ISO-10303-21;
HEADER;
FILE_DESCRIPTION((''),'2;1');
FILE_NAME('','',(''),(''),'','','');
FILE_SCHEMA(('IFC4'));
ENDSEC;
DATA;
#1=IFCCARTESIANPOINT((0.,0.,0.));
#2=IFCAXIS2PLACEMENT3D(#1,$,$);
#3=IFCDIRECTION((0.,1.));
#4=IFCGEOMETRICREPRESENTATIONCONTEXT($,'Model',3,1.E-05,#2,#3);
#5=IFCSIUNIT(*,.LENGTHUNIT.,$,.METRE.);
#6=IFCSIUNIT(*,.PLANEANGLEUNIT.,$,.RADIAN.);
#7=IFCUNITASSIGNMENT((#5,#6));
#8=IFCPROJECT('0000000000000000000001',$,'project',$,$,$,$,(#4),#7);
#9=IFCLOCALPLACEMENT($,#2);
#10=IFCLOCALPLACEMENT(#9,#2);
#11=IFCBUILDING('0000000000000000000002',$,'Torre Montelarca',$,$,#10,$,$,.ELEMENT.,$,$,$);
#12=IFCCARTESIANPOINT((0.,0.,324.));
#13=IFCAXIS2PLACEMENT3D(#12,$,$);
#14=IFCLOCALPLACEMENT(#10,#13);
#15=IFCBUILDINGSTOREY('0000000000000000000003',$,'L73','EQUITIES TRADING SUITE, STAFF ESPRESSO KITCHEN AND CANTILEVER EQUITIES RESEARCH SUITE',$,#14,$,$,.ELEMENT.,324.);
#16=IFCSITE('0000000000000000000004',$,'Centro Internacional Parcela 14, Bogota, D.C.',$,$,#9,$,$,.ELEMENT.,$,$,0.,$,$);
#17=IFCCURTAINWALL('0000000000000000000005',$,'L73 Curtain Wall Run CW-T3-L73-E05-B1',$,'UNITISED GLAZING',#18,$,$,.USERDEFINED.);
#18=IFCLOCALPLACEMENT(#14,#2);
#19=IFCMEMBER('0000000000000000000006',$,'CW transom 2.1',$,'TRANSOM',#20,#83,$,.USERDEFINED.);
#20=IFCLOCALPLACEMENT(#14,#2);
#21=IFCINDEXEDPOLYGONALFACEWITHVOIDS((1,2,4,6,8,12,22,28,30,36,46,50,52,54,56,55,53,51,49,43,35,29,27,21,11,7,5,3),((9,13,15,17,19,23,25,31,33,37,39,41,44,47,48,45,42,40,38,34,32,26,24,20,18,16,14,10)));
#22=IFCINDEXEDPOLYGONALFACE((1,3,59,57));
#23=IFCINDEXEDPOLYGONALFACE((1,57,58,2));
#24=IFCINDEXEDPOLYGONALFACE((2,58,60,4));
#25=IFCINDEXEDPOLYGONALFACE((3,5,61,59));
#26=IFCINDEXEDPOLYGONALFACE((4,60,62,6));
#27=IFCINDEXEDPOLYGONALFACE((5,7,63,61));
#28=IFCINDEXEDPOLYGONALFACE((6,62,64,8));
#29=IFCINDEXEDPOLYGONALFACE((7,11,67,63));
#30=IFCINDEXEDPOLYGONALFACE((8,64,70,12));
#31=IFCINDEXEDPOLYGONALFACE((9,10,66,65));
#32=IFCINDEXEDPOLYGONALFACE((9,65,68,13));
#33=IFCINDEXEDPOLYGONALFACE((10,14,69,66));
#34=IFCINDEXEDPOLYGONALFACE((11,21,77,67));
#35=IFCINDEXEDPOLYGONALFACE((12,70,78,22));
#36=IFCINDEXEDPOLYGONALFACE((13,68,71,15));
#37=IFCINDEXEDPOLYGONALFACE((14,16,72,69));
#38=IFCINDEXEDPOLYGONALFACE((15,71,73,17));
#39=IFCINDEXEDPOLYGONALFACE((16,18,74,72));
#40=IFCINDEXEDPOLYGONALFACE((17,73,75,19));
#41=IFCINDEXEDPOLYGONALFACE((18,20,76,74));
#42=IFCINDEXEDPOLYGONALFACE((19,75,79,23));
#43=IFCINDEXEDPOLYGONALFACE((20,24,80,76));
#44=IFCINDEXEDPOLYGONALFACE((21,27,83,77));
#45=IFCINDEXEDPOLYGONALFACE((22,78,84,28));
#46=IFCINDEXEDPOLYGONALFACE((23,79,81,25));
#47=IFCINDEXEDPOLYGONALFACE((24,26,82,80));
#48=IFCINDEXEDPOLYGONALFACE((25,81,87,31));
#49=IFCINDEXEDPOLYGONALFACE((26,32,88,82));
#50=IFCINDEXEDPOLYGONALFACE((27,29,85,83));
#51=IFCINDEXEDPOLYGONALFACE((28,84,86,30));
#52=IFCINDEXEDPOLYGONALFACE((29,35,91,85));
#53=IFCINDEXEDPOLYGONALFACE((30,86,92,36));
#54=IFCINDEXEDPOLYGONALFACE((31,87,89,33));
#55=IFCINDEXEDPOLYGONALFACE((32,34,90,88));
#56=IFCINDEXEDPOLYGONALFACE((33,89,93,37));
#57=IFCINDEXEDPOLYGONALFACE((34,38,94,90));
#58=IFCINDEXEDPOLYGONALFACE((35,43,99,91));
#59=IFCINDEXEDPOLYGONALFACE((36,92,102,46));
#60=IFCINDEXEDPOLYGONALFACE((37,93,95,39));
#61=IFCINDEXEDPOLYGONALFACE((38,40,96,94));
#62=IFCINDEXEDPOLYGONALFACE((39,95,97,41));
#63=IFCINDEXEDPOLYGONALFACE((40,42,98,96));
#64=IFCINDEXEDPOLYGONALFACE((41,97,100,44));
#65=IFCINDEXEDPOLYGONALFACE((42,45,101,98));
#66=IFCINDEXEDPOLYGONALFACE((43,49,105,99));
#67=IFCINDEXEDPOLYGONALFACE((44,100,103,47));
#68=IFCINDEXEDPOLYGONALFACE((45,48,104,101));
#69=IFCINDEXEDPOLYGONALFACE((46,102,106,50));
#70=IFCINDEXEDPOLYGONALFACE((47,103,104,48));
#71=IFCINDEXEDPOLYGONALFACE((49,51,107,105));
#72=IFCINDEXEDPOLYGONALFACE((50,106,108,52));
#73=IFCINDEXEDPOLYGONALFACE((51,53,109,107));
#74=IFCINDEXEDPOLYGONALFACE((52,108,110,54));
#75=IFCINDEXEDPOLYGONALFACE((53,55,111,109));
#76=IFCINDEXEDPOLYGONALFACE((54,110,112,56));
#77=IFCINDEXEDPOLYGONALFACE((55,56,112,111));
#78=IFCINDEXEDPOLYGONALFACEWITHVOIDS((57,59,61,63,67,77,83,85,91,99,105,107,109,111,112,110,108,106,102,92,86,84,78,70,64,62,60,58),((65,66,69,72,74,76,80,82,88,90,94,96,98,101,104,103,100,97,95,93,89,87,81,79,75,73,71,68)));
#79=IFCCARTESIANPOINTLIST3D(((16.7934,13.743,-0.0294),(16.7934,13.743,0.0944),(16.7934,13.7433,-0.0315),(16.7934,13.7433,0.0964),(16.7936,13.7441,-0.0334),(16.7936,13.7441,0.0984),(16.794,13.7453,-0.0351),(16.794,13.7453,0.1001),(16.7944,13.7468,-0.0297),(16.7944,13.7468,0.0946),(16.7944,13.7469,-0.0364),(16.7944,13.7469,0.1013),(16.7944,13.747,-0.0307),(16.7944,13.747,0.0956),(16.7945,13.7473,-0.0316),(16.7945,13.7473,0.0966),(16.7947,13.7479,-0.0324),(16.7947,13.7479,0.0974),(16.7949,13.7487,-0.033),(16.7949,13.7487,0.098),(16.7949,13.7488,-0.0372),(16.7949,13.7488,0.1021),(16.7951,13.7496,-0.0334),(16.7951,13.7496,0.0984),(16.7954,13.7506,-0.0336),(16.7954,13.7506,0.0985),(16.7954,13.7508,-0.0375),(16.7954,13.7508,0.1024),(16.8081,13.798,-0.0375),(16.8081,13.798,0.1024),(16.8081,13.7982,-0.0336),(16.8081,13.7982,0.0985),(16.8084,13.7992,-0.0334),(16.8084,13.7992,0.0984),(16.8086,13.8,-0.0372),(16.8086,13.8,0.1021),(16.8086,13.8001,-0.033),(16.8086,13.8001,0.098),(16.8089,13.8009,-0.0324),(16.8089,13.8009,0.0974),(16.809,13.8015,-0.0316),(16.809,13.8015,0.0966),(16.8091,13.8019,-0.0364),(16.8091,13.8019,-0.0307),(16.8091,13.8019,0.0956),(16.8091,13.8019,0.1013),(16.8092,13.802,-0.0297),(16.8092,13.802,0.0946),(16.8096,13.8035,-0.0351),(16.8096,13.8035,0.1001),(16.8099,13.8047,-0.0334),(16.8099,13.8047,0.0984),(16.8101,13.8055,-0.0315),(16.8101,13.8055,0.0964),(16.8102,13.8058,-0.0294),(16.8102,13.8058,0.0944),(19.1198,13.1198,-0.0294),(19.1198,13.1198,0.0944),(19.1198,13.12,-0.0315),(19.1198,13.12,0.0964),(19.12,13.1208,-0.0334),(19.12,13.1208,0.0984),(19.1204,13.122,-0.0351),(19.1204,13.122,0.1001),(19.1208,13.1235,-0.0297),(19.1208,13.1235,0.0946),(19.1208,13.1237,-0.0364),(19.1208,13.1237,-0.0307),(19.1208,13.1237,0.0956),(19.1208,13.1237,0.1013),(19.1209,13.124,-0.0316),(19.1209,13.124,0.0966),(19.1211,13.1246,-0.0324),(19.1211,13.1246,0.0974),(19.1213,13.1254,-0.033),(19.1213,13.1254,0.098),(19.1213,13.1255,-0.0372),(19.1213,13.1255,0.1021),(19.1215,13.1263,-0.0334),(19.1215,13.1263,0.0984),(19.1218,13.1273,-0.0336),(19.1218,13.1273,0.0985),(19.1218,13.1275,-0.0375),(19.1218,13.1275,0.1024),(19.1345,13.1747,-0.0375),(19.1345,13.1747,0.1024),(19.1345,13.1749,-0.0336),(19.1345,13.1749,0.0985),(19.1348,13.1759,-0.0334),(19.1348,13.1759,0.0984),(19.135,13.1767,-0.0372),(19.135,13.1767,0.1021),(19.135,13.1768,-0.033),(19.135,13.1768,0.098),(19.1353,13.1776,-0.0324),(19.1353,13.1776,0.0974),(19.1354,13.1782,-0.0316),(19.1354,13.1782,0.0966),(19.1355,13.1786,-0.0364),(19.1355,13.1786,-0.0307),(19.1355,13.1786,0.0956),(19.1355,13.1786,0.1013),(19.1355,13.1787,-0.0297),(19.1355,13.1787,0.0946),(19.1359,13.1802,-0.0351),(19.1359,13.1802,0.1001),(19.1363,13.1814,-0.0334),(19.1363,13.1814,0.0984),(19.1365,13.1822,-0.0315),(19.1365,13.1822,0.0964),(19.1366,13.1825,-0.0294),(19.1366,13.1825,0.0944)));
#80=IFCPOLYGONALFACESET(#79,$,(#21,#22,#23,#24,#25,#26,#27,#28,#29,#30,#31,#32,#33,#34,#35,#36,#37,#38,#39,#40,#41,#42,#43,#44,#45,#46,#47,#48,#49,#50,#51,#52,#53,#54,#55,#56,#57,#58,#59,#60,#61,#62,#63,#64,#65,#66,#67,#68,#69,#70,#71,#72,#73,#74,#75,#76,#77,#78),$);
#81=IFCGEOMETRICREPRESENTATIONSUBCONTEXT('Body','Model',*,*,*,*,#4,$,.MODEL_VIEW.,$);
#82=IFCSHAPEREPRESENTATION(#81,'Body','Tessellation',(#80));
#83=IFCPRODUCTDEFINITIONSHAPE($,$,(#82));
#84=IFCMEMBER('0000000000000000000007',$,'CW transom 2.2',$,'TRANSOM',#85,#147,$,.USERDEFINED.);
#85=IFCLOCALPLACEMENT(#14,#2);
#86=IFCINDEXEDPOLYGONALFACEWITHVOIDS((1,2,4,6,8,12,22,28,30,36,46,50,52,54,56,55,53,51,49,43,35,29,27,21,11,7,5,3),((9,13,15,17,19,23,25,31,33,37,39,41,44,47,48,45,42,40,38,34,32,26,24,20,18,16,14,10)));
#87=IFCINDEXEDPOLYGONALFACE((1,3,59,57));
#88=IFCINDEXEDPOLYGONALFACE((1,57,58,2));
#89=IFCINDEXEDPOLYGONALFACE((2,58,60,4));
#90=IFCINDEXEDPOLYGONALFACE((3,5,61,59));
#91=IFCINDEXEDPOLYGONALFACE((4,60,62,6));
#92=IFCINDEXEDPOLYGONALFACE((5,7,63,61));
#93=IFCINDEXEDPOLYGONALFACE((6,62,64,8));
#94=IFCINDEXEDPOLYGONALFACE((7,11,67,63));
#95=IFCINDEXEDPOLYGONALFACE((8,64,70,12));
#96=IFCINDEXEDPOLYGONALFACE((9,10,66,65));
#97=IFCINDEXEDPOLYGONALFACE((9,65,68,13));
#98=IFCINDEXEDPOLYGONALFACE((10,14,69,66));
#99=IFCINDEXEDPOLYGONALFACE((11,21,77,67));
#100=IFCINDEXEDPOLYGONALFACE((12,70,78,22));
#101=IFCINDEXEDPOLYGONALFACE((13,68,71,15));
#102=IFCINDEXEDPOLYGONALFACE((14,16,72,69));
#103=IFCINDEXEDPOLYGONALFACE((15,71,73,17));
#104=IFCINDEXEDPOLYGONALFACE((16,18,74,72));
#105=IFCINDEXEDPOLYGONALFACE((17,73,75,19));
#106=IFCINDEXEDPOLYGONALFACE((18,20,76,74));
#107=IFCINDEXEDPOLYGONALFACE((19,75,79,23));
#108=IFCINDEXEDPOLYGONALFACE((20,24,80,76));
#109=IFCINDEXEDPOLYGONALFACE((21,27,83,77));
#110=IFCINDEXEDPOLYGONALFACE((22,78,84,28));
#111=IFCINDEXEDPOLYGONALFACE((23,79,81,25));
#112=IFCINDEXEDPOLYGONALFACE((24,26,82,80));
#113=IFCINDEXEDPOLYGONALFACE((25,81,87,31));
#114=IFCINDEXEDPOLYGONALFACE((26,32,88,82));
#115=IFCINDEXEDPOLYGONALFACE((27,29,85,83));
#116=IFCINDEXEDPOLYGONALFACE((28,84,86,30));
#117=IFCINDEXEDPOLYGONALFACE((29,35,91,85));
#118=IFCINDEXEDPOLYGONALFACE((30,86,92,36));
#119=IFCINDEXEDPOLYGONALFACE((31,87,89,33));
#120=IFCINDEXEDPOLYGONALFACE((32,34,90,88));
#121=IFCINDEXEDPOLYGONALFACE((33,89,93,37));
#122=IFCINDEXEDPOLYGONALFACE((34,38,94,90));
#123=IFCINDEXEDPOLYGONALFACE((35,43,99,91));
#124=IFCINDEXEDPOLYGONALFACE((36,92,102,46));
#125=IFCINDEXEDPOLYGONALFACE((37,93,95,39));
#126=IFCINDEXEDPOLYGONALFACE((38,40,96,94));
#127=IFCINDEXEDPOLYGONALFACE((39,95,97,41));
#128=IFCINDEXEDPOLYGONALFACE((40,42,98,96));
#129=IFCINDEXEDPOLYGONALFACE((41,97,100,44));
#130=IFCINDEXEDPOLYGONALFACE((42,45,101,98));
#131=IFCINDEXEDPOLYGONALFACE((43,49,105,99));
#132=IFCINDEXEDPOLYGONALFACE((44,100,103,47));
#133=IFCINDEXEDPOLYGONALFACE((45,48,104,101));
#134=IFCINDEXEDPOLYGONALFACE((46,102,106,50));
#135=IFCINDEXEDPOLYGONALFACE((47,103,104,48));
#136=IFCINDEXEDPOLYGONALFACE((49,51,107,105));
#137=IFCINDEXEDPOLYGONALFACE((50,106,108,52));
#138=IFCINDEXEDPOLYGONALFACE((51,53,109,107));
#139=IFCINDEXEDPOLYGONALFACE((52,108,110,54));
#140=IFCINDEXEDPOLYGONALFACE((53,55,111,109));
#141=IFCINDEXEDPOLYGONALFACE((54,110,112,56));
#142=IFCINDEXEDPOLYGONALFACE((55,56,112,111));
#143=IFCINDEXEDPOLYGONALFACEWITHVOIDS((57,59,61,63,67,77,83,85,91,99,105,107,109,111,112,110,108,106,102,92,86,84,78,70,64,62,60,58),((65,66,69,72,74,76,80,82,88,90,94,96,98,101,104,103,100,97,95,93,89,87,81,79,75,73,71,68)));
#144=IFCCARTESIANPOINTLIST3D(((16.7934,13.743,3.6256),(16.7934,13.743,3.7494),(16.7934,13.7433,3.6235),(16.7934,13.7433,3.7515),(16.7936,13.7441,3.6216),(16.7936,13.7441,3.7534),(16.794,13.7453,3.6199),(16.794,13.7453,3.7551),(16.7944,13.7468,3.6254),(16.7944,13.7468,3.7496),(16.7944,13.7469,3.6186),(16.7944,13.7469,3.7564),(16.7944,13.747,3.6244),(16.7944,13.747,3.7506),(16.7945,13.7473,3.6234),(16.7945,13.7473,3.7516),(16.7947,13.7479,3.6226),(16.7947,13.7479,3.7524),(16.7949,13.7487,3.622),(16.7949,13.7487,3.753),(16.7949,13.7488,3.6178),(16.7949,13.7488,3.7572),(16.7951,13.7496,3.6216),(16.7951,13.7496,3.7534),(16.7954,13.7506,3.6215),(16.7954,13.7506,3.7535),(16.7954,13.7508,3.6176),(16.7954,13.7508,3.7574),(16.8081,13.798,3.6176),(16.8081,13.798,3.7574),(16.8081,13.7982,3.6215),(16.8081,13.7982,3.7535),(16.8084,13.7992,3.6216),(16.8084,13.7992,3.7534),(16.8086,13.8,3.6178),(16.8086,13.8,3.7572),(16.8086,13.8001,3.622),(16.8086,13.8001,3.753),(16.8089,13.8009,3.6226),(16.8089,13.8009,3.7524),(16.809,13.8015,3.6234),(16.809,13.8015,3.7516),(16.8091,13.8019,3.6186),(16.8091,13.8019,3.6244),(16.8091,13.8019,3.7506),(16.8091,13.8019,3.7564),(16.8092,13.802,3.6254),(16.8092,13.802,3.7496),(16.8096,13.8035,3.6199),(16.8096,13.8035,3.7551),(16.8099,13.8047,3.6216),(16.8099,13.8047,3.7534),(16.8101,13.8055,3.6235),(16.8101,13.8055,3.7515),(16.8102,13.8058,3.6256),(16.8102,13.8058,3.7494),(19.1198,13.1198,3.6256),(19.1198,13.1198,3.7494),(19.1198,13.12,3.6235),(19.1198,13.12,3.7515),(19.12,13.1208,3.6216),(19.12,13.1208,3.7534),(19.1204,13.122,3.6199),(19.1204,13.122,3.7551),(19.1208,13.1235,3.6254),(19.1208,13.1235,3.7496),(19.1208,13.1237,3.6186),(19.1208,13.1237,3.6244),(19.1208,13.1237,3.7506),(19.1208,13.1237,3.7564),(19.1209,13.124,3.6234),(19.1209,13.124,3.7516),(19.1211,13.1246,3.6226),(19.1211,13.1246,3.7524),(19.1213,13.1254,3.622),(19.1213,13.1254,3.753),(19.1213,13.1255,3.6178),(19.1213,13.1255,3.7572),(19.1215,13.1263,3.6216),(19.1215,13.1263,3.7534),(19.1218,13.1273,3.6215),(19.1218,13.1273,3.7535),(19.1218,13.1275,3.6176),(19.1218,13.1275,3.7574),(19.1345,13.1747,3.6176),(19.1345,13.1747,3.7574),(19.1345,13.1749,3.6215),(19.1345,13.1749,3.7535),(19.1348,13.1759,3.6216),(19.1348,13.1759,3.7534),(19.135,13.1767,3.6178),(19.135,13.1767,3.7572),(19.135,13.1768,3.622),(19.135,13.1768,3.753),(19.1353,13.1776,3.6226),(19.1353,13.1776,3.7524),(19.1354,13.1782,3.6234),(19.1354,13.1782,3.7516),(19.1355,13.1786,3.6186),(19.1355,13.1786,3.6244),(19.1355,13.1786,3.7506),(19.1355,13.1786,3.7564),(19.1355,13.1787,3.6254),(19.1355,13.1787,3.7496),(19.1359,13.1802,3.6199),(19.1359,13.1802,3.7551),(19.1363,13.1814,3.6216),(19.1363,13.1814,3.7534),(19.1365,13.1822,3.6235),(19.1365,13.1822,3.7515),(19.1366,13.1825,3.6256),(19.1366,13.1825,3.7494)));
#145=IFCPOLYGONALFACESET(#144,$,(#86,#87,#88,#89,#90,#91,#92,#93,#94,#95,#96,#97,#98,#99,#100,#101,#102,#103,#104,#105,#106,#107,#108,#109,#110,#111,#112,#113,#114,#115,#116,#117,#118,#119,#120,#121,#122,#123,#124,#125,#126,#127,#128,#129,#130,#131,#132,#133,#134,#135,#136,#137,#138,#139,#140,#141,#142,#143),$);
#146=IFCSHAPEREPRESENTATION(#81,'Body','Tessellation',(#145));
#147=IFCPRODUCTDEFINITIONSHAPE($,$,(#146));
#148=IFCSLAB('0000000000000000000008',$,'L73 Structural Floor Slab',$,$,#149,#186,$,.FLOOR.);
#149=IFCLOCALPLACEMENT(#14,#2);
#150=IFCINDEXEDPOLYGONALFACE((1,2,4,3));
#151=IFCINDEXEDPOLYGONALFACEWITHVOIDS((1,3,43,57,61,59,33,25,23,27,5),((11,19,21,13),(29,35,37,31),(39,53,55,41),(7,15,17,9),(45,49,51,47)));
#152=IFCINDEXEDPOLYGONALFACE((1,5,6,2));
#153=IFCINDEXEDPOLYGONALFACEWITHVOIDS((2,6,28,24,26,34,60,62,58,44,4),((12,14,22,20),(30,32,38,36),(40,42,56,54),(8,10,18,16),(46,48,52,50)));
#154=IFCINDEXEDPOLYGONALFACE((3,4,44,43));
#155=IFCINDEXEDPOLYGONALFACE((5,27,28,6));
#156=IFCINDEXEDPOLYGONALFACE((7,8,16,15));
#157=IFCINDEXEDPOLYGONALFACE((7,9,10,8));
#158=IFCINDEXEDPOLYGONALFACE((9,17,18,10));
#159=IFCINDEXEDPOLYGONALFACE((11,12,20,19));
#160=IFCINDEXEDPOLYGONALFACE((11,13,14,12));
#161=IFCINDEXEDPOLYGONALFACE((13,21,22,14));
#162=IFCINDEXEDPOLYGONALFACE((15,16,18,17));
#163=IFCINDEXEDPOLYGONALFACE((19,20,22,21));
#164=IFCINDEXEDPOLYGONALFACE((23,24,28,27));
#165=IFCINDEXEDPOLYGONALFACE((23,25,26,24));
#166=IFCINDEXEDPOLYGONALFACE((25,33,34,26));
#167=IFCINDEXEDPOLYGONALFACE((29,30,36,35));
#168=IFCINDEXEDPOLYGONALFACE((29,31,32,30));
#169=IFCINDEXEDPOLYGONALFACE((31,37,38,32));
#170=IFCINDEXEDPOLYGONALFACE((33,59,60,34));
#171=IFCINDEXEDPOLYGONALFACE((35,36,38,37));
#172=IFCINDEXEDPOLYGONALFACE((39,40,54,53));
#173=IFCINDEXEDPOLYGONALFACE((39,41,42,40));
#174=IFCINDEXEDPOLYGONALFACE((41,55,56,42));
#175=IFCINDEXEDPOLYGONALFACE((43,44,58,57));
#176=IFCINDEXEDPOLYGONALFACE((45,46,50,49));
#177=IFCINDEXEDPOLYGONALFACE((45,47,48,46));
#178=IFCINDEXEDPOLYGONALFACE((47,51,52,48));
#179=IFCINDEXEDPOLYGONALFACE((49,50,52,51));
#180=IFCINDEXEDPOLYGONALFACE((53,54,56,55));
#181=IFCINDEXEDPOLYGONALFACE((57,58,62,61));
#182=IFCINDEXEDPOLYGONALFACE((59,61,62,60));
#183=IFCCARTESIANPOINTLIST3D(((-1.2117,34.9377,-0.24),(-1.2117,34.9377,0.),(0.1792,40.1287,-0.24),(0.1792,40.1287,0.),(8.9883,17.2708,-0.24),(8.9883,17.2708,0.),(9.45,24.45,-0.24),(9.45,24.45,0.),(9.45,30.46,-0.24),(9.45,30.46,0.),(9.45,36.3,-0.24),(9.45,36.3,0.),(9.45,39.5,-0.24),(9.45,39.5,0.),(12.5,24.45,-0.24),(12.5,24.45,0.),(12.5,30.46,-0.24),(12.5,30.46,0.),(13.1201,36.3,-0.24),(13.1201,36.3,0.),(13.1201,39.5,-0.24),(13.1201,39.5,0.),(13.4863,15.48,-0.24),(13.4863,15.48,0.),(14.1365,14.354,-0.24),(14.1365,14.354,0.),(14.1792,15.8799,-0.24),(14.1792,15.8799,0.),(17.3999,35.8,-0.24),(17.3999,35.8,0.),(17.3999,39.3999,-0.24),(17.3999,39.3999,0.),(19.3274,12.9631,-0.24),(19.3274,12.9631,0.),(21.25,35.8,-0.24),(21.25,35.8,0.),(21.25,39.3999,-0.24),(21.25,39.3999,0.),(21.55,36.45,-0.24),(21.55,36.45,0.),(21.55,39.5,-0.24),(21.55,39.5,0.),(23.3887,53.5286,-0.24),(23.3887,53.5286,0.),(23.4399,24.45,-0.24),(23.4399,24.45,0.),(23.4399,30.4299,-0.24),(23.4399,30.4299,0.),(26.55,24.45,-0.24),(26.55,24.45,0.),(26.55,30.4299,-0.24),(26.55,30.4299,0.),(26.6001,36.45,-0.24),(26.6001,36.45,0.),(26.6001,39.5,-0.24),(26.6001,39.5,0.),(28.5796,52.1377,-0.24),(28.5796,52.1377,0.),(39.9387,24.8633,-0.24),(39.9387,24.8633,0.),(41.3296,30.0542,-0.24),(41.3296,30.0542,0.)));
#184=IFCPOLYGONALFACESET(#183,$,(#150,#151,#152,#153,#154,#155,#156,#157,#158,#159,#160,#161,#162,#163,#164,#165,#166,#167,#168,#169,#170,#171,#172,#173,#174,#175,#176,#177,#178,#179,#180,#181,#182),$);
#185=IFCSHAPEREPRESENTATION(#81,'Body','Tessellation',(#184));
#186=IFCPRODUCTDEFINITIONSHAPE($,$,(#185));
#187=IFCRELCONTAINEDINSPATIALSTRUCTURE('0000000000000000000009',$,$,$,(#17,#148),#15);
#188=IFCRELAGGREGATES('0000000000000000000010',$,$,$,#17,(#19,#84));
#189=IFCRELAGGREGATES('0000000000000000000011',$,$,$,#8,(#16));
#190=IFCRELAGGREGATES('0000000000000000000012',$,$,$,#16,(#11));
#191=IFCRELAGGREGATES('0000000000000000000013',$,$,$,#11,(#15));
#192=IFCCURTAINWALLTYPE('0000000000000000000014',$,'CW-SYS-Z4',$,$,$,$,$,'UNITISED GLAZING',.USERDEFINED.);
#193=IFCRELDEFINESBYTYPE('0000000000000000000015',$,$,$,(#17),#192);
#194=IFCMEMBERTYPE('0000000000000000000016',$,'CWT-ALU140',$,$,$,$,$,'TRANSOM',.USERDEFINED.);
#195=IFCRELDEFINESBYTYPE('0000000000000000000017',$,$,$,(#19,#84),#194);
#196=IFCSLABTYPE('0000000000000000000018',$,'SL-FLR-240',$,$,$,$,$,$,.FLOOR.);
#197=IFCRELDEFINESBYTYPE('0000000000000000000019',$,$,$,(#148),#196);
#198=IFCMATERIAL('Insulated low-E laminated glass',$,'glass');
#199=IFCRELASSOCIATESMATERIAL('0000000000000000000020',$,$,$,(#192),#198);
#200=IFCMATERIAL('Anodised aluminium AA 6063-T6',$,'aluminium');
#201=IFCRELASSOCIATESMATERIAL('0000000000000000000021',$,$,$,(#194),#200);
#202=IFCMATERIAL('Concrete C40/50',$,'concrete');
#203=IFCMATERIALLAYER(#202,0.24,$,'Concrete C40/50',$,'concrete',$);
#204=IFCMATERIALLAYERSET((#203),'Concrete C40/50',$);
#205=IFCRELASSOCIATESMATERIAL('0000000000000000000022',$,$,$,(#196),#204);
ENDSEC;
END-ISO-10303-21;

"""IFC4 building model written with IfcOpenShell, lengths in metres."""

from ifc_helpers import new_model, si_unit, direction, frame, origin, origin_2d, place, context, subcontext, project, spatial, polyline, hollow_rectangle, outline, extrude, source, transform, mapped, material, layer, layer_set, material_profile, profile_set, type_object, element, aggregate, save


model = new_model("IFC4")

# Units and contexts
model_context = context("Model", 3, precision=1e-05, world=origin(), true_north=direction((0.0, 1.0)))
body_context = subcontext(model_context, "Body", "Model", "MODEL_VIEW")
ifc_project = project(units=[si_unit("LENGTHUNIT", "METRE"), si_unit("PLANEANGLEUNIT", "RADIAN")], contexts=[model_context])

# Site, building, storey
site_placement = place(None, origin())
site = spatial("IfcSite", under=ifc_project, at=site_placement, Name="Centro Internacional Parcela 14, Bogota, D.C.", CompositionType="ELEMENT", RefElevation=0.0)
building_placement = place(site_placement, origin())
building = spatial("IfcBuilding", under=site, at=building_placement, Name="Torre Montelarca", CompositionType="ELEMENT")
storey_placement = place(building_placement, frame((0.0, 0.0, 324.0)))
storey = spatial("IfcBuildingStorey", under=building, at=storey_placement, Name="L73", Description="EQUITIES TRADING SUITE, STAFF ESPRESSO KITCHEN AND CANTILEVER EQUITIES RESEARCH SUITE", CompositionType="ELEMENT", Elevation=324.0)

# Shared definitions
ifc_material_1 = material(Name="Insulated low-E laminated glass", Category="glass")
curtain_wall_type = type_object("IfcCurtainWallType", Name="CW-SYS-Z4", ElementType="UNITISED GLAZING", PredefinedType="USERDEFINED", material=ifc_material_1)
ifc_material_2 = material(Name="Anodised aluminium AA 6063-T6", Category="aluminium")

# Curtain wall
curtain_wall_1_placement = place(storey_placement, origin())
curtain_wall_1 = element("IfcCurtainWall", 1, at=curtain_wall_1_placement, inside=storey, type_object=curtain_wall_type, Name="L73 Curtain Wall Run CW-T3-L73-E05-B1", ObjectType="UNITISED GLAZING", PredefinedType="USERDEFINED")

# Members
ifc_material_profile_1 = material_profile(ifc_material_2, hollow_rectangle(XDim=0.0649, YDim=0.1399, WallThickness=0.0039, InnerFilletRadius=0.0039, OuterFilletRadius=0.0081, at=origin_2d()), Name="ALU65X140X4", Category="aluminium")
ifc_profile_set_1 = profile_set([ifc_material_profile_1], Name="Anodised aluminium AA 6063-T6")
member_type_1 = type_object("IfcMemberType", Name="CWT-ALU140", ElementType="TRANSOM", PredefinedType="USERDEFINED", material=ifc_profile_set_1)
shared_shape_1 = source(origin(), body_context, "Body", "SweptSolid", [
    extrude(hollow_rectangle(XDim=0.0649, YDim=0.1399, WallThickness=0.0039, InnerFilletRadius=0.0039, OuterFilletRadius=0.0081, at=origin_2d()), origin(), (0.0, 0.0, 1.0), 2.4084),
])
member_1_placement = place(storey_placement, frame((16.8018, 13.7744, 0.0325), z_axis=(0.965933, -0.258792, 0.0), x_axis=(0.258792, 0.965933, 0.0)))
member_1 = element("IfcMember", 2, at=member_1_placement, type_object=member_type_1, Name="CW transom 2.1", ObjectType="TRANSOM", PredefinedType="USERDEFINED", context=body_context, shape_type="MappedRepresentation", body=[
    mapped(shared_shape_1, transform((0.0, 0.0, 0.0), scale=1.0)),
])
member_2_placement = place(storey_placement, frame((16.8018, 13.7744, 3.6875), z_axis=(0.965933, -0.258792, 0.0), x_axis=(0.258792, 0.965933, 0.0)))
member_2 = element("IfcMember", 3, at=member_2_placement, type_object=member_type_1, Name="CW transom 2.2", ObjectType="TRANSOM", PredefinedType="USERDEFINED", context=body_context, shape_type="MappedRepresentation", body=[
    mapped(shared_shape_1, transform((0.0, 0.0, 0.0), scale=1.0)),
])

# Slab
ifc_material_3 = material(Name="Concrete C40/50", Category="concrete")
ifc_layer_1 = layer(ifc_material_3, 0.24, Name="Concrete C40/50", Category="concrete")
ifc_layer_set_1 = layer_set([ifc_layer_1], Name="Concrete C40/50")
slab_type_1 = type_object("IfcSlabType", Name="SL-FLR-240", PredefinedType="FLOOR", material=ifc_layer_set_1)
slab_1_placement = place(storey_placement, frame((0.0, 0.0, -0.24)))
element("IfcSlab", 4, at=slab_1_placement, inside=storey, type_object=slab_type_1, Name="L73 Structural Floor Slab", PredefinedType="FLOOR", context=body_context, shape_type="SweptSolid", body=[
    extrude(outline(polyline([(8.9883, 17.2708), (14.1792, 15.8799), (13.4863, 15.48), (14.1365, 14.354), (19.3274, 12.9631), (39.9387, 24.8633), (41.3296, 30.0542), (28.5796, 52.1377), (23.3887, 53.5286), (0.1792, 40.1287), (-1.2117, 34.9377), (8.9883, 17.2708)]), holes=[polyline([(26.55, 24.45), (23.4399, 24.45), (23.4399, 30.4299), (26.55, 30.4299), (26.55, 24.45)]), polyline([(12.5, 24.45), (9.45, 24.45), (9.45, 30.46), (12.5, 30.46), (12.5, 24.45)]), polyline([(21.25, 39.3999), (21.25, 35.8), (17.3999, 35.8), (17.3999, 39.3999), (21.25, 39.3999)]), polyline([(13.1201, 36.3), (9.45, 36.3), (9.45, 39.5), (13.1201, 39.5), (13.1201, 36.3)]), polyline([(26.6001, 36.45), (21.55, 36.45), (21.55, 39.5), (26.6001, 39.5), (26.6001, 36.45)])]), origin(), (0.0, 0.0, 1.0), 0.24),
])

aggregate(curtain_wall_1, [member_1, member_2])

save(model, "model.ifc")
